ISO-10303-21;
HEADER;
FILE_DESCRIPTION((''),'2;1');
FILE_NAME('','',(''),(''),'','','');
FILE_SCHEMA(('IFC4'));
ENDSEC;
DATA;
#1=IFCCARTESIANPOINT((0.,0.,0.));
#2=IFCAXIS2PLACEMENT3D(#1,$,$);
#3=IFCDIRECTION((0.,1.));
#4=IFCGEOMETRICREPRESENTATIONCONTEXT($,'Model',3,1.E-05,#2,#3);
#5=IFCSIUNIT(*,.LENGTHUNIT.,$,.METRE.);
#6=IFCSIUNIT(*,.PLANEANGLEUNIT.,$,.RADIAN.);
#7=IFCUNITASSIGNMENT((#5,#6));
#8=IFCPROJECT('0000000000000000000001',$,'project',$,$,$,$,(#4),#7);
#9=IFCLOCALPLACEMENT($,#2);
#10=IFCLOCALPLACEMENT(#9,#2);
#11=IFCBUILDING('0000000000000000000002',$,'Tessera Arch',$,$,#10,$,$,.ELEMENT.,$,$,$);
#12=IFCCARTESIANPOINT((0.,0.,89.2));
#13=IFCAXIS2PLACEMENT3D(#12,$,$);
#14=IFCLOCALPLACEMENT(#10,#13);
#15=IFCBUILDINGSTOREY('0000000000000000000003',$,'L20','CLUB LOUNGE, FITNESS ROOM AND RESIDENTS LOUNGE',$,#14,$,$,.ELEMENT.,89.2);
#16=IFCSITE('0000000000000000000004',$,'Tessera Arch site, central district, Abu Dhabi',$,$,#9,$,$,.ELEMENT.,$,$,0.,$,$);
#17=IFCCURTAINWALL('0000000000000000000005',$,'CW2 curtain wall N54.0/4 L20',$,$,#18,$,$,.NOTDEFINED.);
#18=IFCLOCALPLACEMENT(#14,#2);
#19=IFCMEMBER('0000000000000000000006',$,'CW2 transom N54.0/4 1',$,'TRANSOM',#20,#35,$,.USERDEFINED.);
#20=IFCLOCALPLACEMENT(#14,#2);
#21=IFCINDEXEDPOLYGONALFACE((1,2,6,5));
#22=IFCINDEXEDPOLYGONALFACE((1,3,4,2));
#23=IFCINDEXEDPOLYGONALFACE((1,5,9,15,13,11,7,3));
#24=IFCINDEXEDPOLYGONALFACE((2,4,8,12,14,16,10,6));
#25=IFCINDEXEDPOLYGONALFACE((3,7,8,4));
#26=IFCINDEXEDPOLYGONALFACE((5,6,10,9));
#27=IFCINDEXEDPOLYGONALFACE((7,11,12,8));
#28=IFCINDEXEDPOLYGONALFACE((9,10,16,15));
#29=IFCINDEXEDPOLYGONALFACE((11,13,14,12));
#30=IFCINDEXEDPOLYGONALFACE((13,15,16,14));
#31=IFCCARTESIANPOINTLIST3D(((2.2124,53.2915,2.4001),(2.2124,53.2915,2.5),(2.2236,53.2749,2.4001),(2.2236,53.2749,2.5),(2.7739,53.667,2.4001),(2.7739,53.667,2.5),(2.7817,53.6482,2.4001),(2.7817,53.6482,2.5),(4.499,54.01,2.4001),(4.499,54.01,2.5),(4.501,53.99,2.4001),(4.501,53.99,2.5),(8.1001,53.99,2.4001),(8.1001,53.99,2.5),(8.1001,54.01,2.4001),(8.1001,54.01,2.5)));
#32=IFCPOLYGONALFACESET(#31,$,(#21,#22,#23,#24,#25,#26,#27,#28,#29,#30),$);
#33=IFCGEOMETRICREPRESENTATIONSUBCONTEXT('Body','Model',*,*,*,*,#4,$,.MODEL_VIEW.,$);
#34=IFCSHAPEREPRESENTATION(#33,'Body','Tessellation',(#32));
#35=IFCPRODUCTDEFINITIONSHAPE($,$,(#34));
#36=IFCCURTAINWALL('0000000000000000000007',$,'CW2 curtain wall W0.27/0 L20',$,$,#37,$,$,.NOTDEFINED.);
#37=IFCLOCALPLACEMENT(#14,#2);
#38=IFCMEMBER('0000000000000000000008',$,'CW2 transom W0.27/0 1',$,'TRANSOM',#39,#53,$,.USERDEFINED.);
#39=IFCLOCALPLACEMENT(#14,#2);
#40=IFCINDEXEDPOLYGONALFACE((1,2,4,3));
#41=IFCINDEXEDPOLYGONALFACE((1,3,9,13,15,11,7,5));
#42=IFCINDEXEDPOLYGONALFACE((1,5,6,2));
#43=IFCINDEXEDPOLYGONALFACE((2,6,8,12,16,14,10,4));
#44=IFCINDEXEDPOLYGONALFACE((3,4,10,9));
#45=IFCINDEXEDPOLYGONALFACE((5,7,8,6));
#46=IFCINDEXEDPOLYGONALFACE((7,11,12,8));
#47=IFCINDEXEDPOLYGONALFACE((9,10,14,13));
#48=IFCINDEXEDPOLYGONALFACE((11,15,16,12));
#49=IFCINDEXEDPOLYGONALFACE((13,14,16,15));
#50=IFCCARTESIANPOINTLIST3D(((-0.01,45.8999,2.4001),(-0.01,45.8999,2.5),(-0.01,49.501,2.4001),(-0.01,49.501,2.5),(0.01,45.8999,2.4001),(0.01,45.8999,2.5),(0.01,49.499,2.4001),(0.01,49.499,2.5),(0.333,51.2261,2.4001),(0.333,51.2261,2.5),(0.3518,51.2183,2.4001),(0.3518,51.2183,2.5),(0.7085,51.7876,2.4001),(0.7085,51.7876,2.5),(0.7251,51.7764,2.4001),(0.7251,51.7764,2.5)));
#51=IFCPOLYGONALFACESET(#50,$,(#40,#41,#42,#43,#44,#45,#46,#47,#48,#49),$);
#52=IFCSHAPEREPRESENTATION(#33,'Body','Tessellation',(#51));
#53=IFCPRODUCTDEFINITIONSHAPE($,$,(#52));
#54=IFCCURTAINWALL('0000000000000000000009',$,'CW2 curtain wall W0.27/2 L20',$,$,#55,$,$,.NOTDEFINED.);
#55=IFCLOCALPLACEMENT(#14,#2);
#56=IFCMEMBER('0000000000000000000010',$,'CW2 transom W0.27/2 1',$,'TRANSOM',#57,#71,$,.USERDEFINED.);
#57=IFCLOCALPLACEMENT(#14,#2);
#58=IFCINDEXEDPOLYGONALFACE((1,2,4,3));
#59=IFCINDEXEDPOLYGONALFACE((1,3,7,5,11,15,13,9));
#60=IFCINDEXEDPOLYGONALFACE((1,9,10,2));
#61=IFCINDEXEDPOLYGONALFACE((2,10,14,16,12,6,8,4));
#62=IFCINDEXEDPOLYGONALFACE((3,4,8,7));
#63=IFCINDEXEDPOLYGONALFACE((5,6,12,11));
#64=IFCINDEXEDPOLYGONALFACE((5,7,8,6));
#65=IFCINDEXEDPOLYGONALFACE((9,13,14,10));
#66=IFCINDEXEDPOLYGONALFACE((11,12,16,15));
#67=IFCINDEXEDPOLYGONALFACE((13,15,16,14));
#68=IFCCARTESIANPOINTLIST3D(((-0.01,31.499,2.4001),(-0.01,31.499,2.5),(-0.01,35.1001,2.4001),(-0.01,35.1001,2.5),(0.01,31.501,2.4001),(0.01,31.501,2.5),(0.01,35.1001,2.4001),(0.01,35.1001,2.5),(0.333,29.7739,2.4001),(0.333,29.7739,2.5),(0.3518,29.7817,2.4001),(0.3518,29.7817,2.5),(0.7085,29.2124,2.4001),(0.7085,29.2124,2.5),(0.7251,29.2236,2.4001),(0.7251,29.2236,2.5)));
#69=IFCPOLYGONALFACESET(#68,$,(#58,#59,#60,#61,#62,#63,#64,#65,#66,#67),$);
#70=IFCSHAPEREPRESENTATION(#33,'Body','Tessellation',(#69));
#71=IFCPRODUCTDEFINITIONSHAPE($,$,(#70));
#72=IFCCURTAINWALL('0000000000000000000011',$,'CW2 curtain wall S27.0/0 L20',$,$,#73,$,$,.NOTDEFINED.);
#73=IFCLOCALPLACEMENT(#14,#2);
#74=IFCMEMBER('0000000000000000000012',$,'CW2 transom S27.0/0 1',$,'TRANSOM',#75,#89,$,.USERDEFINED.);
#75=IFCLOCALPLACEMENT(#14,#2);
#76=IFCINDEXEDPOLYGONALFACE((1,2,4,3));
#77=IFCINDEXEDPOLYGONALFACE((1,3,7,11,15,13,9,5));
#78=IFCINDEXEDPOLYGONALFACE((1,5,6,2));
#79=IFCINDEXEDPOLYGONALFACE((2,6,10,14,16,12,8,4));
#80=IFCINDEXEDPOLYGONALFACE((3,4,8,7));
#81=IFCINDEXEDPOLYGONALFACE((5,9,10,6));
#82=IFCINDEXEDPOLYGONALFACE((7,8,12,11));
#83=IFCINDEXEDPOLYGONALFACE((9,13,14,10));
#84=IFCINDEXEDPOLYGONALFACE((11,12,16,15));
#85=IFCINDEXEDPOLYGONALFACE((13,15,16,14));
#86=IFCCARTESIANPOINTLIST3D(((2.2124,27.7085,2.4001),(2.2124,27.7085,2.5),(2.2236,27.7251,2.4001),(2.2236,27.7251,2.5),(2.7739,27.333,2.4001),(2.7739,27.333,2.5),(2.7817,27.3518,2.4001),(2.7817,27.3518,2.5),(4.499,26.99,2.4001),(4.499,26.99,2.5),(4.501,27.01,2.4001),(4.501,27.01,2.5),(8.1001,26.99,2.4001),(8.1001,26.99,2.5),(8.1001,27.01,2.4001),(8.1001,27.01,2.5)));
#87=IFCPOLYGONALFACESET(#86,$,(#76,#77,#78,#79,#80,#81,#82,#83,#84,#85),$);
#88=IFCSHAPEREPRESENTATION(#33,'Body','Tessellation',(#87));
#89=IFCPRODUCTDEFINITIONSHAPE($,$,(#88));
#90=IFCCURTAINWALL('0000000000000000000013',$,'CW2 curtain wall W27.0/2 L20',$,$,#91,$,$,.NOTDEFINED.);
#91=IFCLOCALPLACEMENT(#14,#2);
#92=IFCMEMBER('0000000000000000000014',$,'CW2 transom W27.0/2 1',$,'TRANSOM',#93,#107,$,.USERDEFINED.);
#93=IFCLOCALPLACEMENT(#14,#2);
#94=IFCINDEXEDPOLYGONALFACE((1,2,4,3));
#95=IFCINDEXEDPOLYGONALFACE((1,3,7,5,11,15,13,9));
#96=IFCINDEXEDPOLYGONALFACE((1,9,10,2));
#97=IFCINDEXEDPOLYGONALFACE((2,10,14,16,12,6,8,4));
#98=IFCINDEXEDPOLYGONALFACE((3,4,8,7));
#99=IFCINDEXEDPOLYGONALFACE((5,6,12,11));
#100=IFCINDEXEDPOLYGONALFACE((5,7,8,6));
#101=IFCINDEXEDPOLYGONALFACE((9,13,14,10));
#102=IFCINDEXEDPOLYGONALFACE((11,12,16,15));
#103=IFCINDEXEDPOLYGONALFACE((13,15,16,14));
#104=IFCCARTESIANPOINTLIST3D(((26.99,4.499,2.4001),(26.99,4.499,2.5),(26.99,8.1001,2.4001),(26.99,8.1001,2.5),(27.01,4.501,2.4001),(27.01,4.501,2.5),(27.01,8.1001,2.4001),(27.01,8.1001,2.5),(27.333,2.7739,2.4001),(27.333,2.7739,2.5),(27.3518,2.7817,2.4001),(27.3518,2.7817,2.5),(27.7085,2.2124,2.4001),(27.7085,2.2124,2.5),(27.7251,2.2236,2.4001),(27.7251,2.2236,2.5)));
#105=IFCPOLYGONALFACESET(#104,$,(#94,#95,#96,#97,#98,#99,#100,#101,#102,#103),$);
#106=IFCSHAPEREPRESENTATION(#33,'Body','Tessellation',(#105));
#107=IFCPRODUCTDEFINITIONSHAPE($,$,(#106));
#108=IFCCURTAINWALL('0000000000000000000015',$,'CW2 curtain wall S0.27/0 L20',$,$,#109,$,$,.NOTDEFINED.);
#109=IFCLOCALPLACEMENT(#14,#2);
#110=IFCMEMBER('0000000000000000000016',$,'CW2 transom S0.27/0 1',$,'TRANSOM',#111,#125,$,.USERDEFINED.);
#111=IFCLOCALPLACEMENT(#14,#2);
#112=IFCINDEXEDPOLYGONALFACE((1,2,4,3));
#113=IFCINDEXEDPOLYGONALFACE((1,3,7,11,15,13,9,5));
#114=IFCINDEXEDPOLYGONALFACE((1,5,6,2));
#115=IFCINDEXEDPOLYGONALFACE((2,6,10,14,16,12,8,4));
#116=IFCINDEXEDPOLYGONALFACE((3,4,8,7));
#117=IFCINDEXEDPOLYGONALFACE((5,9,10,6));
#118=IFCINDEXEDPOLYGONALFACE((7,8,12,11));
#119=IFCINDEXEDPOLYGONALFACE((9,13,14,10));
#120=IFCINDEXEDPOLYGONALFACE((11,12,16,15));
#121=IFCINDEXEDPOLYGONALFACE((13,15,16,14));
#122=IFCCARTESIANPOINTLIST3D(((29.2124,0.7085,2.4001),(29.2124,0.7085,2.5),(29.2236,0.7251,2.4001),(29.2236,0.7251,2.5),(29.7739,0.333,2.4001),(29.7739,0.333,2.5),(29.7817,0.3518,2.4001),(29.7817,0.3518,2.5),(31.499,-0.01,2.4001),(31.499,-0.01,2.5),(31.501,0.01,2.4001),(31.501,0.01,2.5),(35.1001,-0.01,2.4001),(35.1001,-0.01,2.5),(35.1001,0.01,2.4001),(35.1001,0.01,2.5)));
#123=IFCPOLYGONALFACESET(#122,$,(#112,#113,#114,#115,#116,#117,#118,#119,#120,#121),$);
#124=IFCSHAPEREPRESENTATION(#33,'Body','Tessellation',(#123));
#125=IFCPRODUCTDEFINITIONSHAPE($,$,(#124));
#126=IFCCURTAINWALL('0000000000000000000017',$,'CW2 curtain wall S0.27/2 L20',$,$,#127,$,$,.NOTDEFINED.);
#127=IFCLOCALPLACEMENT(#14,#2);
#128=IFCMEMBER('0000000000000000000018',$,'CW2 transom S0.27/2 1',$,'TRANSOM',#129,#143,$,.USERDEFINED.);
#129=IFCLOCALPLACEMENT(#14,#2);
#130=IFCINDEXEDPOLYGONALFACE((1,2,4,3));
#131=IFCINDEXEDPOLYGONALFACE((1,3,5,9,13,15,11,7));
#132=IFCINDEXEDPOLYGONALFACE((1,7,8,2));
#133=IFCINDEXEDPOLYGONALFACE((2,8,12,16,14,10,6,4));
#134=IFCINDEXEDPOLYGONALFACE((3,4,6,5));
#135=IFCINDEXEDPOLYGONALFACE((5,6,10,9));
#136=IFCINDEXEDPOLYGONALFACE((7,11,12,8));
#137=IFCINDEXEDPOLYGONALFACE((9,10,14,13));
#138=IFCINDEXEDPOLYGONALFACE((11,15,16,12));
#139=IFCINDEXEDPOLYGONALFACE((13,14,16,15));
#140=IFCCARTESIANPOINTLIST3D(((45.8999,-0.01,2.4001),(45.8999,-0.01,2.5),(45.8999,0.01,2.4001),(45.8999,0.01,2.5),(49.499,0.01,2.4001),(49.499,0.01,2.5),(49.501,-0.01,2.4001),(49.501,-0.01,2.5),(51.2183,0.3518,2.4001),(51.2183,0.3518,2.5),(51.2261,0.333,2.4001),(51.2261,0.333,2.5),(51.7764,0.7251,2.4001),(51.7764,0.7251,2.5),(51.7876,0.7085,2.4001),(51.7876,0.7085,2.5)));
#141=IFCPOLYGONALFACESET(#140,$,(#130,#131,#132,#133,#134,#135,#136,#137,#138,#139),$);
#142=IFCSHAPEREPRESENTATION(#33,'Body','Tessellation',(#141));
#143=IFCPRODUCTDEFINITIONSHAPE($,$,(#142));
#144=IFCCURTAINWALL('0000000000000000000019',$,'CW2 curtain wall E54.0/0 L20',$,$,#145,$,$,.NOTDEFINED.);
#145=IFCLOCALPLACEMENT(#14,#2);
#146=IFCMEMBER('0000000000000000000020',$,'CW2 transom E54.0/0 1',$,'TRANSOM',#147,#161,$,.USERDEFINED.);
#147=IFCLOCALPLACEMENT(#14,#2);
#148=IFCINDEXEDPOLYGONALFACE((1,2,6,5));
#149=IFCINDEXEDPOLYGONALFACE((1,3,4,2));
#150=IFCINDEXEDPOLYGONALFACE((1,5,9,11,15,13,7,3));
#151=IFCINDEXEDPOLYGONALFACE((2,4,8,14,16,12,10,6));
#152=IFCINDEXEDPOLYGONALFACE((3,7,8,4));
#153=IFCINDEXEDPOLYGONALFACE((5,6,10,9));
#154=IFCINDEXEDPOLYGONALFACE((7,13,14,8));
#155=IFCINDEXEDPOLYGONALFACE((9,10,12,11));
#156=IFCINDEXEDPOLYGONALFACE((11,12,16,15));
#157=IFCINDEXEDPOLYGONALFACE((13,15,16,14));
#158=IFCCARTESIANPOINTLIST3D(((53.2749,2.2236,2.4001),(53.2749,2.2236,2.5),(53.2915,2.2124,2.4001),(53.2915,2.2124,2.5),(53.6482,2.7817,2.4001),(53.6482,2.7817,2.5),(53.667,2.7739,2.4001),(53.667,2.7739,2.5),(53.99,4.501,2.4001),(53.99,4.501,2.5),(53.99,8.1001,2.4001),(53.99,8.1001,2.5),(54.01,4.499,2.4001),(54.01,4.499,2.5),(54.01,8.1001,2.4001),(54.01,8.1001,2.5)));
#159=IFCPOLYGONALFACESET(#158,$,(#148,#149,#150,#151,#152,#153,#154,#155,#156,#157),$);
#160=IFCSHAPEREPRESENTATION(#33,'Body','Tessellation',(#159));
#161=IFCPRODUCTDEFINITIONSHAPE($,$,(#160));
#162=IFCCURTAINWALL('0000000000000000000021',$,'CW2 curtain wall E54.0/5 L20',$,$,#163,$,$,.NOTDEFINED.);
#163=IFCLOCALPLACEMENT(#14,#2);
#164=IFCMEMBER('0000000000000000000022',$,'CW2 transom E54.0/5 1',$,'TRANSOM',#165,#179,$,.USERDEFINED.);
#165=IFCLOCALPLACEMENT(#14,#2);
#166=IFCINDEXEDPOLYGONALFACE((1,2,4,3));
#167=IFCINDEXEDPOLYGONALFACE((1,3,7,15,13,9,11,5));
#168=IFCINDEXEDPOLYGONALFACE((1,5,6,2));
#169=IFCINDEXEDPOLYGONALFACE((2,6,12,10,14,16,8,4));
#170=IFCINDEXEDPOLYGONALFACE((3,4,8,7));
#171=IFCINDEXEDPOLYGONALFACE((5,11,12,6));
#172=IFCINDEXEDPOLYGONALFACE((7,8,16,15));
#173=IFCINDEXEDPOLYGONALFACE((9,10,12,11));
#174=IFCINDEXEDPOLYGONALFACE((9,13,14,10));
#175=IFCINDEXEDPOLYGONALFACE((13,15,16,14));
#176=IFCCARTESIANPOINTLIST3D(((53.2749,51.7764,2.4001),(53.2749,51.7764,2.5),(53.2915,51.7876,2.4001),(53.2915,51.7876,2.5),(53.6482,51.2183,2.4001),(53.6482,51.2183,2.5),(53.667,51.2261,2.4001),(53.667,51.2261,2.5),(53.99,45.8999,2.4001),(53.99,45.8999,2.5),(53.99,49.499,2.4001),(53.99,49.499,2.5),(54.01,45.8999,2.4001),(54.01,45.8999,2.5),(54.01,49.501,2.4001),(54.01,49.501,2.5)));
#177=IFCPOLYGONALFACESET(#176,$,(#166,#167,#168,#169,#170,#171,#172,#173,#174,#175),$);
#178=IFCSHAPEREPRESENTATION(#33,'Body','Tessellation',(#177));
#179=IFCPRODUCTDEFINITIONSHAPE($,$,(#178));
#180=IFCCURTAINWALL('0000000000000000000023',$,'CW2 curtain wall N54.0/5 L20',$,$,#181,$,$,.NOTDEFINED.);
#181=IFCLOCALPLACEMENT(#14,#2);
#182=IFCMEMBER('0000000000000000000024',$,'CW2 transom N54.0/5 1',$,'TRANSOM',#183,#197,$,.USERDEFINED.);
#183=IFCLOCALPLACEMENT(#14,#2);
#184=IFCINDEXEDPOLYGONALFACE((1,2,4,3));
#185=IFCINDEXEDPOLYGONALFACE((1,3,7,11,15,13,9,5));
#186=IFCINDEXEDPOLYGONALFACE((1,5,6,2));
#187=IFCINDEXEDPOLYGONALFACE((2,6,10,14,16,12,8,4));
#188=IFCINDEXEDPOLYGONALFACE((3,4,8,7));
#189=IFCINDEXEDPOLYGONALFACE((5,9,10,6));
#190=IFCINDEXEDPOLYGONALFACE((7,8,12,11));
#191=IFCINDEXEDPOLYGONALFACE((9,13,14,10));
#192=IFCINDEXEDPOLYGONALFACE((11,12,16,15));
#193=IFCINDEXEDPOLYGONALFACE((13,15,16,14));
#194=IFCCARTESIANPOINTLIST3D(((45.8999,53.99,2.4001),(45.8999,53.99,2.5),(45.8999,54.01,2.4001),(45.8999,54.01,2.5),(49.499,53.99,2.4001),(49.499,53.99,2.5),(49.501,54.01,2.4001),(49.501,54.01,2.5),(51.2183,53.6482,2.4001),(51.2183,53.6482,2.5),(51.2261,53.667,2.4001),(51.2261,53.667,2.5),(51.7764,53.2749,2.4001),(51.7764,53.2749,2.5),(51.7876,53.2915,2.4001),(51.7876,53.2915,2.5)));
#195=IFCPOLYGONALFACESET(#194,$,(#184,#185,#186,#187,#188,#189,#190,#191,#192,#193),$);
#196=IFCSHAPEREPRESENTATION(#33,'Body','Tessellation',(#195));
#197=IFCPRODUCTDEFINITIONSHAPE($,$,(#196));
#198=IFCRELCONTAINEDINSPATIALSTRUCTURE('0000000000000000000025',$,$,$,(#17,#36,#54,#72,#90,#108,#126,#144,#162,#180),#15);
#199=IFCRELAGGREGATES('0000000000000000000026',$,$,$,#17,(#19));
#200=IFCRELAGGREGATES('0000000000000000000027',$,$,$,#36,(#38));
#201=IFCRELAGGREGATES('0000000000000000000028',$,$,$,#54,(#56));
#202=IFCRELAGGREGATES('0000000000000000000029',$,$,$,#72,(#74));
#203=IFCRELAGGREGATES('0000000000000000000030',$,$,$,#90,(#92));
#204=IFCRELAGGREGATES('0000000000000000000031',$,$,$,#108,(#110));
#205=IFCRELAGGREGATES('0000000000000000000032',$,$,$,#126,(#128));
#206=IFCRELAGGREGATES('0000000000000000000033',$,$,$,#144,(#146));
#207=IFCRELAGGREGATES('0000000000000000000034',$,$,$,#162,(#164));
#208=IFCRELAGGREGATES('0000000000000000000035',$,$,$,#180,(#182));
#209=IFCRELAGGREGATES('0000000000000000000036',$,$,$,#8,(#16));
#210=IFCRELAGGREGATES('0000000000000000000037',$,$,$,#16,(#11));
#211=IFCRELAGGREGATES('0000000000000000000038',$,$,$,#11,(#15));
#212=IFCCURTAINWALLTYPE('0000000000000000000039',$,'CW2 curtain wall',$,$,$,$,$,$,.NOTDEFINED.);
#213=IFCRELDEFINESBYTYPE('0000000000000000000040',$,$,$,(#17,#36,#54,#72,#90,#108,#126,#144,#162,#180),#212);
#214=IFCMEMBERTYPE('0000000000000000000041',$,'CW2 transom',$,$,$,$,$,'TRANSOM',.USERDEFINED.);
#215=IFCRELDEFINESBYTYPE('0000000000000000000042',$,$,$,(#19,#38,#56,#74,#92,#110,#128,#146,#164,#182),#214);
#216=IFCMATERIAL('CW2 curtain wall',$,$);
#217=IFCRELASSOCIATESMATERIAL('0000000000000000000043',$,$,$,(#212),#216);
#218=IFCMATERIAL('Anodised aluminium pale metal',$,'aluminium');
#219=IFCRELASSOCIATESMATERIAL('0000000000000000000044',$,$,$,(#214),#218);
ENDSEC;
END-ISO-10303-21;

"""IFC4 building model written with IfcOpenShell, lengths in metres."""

from ifc_helpers import new_model, si_unit, direction, frame, origin, origin_2d, place, context, subcontext, project, spatial, polyline, rectangle, outline, extrude, material, material_profile, profile_set, type_object, element, aggregate, save


model = new_model("IFC4")

# Units and contexts
model_context = context("Model", 3, precision=1e-05, world=origin(), true_north=direction((0.0, 1.0)))
body_context = subcontext(model_context, "Body", "Model", "MODEL_VIEW")
ifc_project = project(units=[si_unit("LENGTHUNIT", "METRE"), si_unit("PLANEANGLEUNIT", "RADIAN")], contexts=[model_context])

# Site, building, storey
site_placement = place(None, origin())
site = spatial("IfcSite", under=ifc_project, at=site_placement, Name="Tessera Arch site, central district, Abu Dhabi", CompositionType="ELEMENT", RefElevation=0.0)
building_placement = place(site_placement, origin())
building = spatial("IfcBuilding", under=site, at=building_placement, Name="Tessera Arch", CompositionType="ELEMENT")
storey_placement = place(building_placement, frame((0.0, 0.0, 89.2)))
storey = spatial("IfcBuildingStorey", under=building, at=storey_placement, Name="L20", Description="CLUB LOUNGE, FITNESS ROOM AND RESIDENTS LOUNGE", CompositionType="ELEMENT", Elevation=89.2)

# Curtain walls, members
ifc_material_1 = material(Name="CW2 curtain wall")
curtain_wall_type = type_object("IfcCurtainWallType", Name="CW2 curtain wall", PredefinedType="NOTDEFINED", material=ifc_material_1)
curtain_wall_1_placement = place(storey_placement, origin())
curtain_wall_1 = element("IfcCurtainWall", 1, at=curtain_wall_1_placement, inside=storey, type_object=curtain_wall_type, Name="CW2 curtain wall N54.0/4 L20", PredefinedType="NOTDEFINED")
ifc_material_2 = material(Name="Anodised aluminium pale metal", Category="aluminium")
ifc_material_profile = material_profile(ifc_material_2, rectangle(XDim=0.2, YDim=0.1001, at=origin_2d()), Name="AL 200x100")
ifc_profile_set = profile_set([ifc_material_profile], Name="Anodised aluminium pale metal")
member_type = type_object("IfcMemberType", Name="CW2 transom", ElementType="TRANSOM", PredefinedType="USERDEFINED", material=ifc_profile_set)
member_1_placement = place(storey_placement, frame((0.0, 0.0, 2.4001)))
member_1 = element("IfcMember", 2, at=member_1_placement, type_object=member_type, Name="CW2 transom N54.0/4 1", ObjectType="TRANSOM", PredefinedType="USERDEFINED", context=body_context, shape_type="SweptSolid", body=[
    extrude(outline(polyline([(4.501, 53.99), (8.1001, 53.99), (8.1001, 54.01), (4.499, 54.01), (2.7739, 53.667), (2.2124, 53.2915), (2.2236, 53.2749), (2.7817, 53.6482), (4.501, 53.99)])), origin(), (0.0, 0.0, 1.0), 0.0999),
])
curtain_wall_2_placement = place(storey_placement, origin())
curtain_wall_2 = element("IfcCurtainWall", 3, at=curtain_wall_2_placement, inside=storey, type_object=curtain_wall_type, Name="CW2 curtain wall W0.27/0 L20", PredefinedType="NOTDEFINED")
member_2_placement = place(storey_placement, frame((0.0, 0.0, 2.4001)))
member_2 = element("IfcMember", 4, at=member_2_placement, type_object=member_type, Name="CW2 transom W0.27/0 1", ObjectType="TRANSOM", PredefinedType="USERDEFINED", context=body_context, shape_type="SweptSolid", body=[
    extrude(outline(polyline([(0.3518, 51.2183), (0.7251, 51.7764), (0.7085, 51.7876), (0.333, 51.2261), (-0.01, 49.501), (-0.01, 45.8999), (0.01, 45.8999), (0.01, 49.499), (0.3518, 51.2183)])), origin(), (0.0, 0.0, 1.0), 0.0999),
])
curtain_wall_3_placement = place(storey_placement, origin())
curtain_wall_3 = element("IfcCurtainWall", 5, at=curtain_wall_3_placement, inside=storey, type_object=curtain_wall_type, Name="CW2 curtain wall W0.27/2 L20", PredefinedType="NOTDEFINED")
member_3_placement = place(storey_placement, frame((0.0, 0.0, 2.4001)))
member_3 = element("IfcMember", 6, at=member_3_placement, type_object=member_type, Name="CW2 transom W0.27/2 1", ObjectType="TRANSOM", PredefinedType="USERDEFINED", context=body_context, shape_type="SweptSolid", body=[
    extrude(outline(polyline([(0.01, 31.501), (0.01, 35.1001), (-0.01, 35.1001), (-0.01, 31.499), (0.333, 29.7739), (0.7085, 29.2124), (0.7251, 29.2236), (0.3518, 29.7817), (0.01, 31.501)])), origin(), (0.0, 0.0, 1.0), 0.0999),
])
curtain_wall_4_placement = place(storey_placement, origin())
curtain_wall_4 = element("IfcCurtainWall", 7, at=curtain_wall_4_placement, inside=storey, type_object=curtain_wall_type, Name="CW2 curtain wall S27.0/0 L20", PredefinedType="NOTDEFINED")
member_4_placement = place(storey_placement, frame((0.0, 0.0, 2.4001)))
member_4 = element("IfcMember", 8, at=member_4_placement, type_object=member_type, Name="CW2 transom S27.0/0 1", ObjectType="TRANSOM", PredefinedType="USERDEFINED", context=body_context, shape_type="SweptSolid", body=[
    extrude(outline(polyline([(2.7817, 27.3518), (2.2236, 27.7251), (2.2124, 27.7085), (2.7739, 27.333), (4.499, 26.99), (8.1001, 26.99), (8.1001, 27.01), (4.501, 27.01), (2.7817, 27.3518)])), origin(), (0.0, 0.0, 1.0), 0.0999),
])
curtain_wall_5_placement = place(storey_placement, origin())
curtain_wall_5 = element("IfcCurtainWall", 9, at=curtain_wall_5_placement, inside=storey, type_object=curtain_wall_type, Name="CW2 curtain wall W27.0/2 L20", PredefinedType="NOTDEFINED")
member_5_placement = place(storey_placement, frame((0.0, 0.0, 2.4001)))
member_5 = element("IfcMember", 10, at=member_5_placement, type_object=member_type, Name="CW2 transom W27.0/2 1", ObjectType="TRANSOM", PredefinedType="USERDEFINED", context=body_context, shape_type="SweptSolid", body=[
    extrude(outline(polyline([(27.01, 4.501), (27.01, 8.1001), (26.99, 8.1001), (26.99, 4.499), (27.333, 2.7739), (27.7085, 2.2124), (27.7251, 2.2236), (27.3518, 2.7817), (27.01, 4.501)])), origin(), (0.0, 0.0, 1.0), 0.0999),
])
curtain_wall_6_placement = place(storey_placement, origin())
curtain_wall_6 = element("IfcCurtainWall", 11, at=curtain_wall_6_placement, inside=storey, type_object=curtain_wall_type, Name="CW2 curtain wall S0.27/0 L20", PredefinedType="NOTDEFINED")
member_6_placement = place(storey_placement, frame((0.0, 0.0, 2.4001)))
member_6 = element("IfcMember", 12, at=member_6_placement, type_object=member_type, Name="CW2 transom S0.27/0 1", ObjectType="TRANSOM", PredefinedType="USERDEFINED", context=body_context, shape_type="SweptSolid", body=[
    extrude(outline(polyline([(29.7817, 0.3518), (29.2236, 0.7251), (29.2124, 0.7085), (29.7739, 0.333), (31.499, -0.01), (35.1001, -0.01), (35.1001, 0.01), (31.501, 0.01), (29.7817, 0.3518)])), origin(), (0.0, 0.0, 1.0), 0.0999),
])
curtain_wall_7_placement = place(storey_placement, origin())
curtain_wall_7 = element("IfcCurtainWall", 13, at=curtain_wall_7_placement, inside=storey, type_object=curtain_wall_type, Name="CW2 curtain wall S0.27/2 L20", PredefinedType="NOTDEFINED")
member_7_placement = place(storey_placement, frame((0.0, 0.0, 2.4001)))
member_7 = element("IfcMember", 14, at=member_7_placement, type_object=member_type, Name="CW2 transom S0.27/2 1", ObjectType="TRANSOM", PredefinedType="USERDEFINED", context=body_context, shape_type="SweptSolid", body=[
    extrude(outline(polyline([(49.499, 0.01), (45.8999, 0.01), (45.8999, -0.01), (49.501, -0.01), (51.2261, 0.333), (51.7876, 0.7085), (51.7764, 0.7251), (51.2183, 0.3518), (49.499, 0.01)])), origin(), (0.0, 0.0, 1.0), 0.0999),
])
curtain_wall_8_placement = place(storey_placement, origin())
curtain_wall_8 = element("IfcCurtainWall", 15, at=curtain_wall_8_placement, inside=storey, type_object=curtain_wall_type, Name="CW2 curtain wall E54.0/0 L20", PredefinedType="NOTDEFINED")
member_8_placement = place(storey_placement, frame((0.0, 0.0, 2.4001)))
member_8 = element("IfcMember", 16, at=member_8_placement, type_object=member_type, Name="CW2 transom E54.0/0 1", ObjectType="TRANSOM", PredefinedType="USERDEFINED", context=body_context, shape_type="SweptSolid", body=[
    extrude(outline(polyline([(53.6482, 2.7817), (53.2749, 2.2236), (53.2915, 2.2124), (53.667, 2.7739), (54.01, 4.499), (54.01, 8.1001), (53.99, 8.1001), (53.99, 4.501), (53.6482, 2.7817)])), origin(), (0.0, 0.0, 1.0), 0.0999),
])
curtain_wall_9_placement = place(storey_placement, origin())
curtain_wall_9 = element("IfcCurtainWall", 17, at=curtain_wall_9_placement, inside=storey, type_object=curtain_wall_type, Name="CW2 curtain wall E54.0/5 L20", PredefinedType="NOTDEFINED")
member_9_placement = place(storey_placement, frame((0.0, 0.0, 2.4001)))
member_9 = element("IfcMember", 18, at=member_9_placement, type_object=member_type, Name="CW2 transom E54.0/5 1", ObjectType="TRANSOM", PredefinedType="USERDEFINED", context=body_context, shape_type="SweptSolid", body=[
    extrude(outline(polyline([(53.99, 49.499), (53.99, 45.8999), (54.01, 45.8999), (54.01, 49.501), (53.667, 51.2261), (53.2915, 51.7876), (53.2749, 51.7764), (53.6482, 51.2183), (53.99, 49.499)])), origin(), (0.0, 0.0, 1.0), 0.0999),
])
curtain_wall_10_placement = place(storey_placement, origin())
curtain_wall_10 = element("IfcCurtainWall", 19, at=curtain_wall_10_placement, inside=storey, type_object=curtain_wall_type, Name="CW2 curtain wall N54.0/5 L20", PredefinedType="NOTDEFINED")
member_10_placement = place(storey_placement, frame((0.0, 0.0, 2.4001)))
member_10 = element("IfcMember", 20, at=member_10_placement, type_object=member_type, Name="CW2 transom N54.0/5 1", ObjectType="TRANSOM", PredefinedType="USERDEFINED", context=body_context, shape_type="SweptSolid", body=[
    extrude(outline(polyline([(51.2183, 53.6482), (51.7764, 53.2749), (51.7876, 53.2915), (51.2261, 53.667), (49.501, 54.01), (45.8999, 54.01), (45.8999, 53.99), (49.499, 53.99), (51.2183, 53.6482)])), origin(), (0.0, 0.0, 1.0), 0.0999),
])

aggregate(curtain_wall_1, [member_1])
aggregate(curtain_wall_2, [member_2])
aggregate(curtain_wall_3, [member_3])
aggregate(curtain_wall_4, [member_4])
aggregate(curtain_wall_5, [member_5])
aggregate(curtain_wall_6, [member_6])
aggregate(curtain_wall_7, [member_7])
aggregate(curtain_wall_8, [member_8])
aggregate(curtain_wall_9, [member_9])
aggregate(curtain_wall_10, [member_10])

save(model, "model.ifc")
